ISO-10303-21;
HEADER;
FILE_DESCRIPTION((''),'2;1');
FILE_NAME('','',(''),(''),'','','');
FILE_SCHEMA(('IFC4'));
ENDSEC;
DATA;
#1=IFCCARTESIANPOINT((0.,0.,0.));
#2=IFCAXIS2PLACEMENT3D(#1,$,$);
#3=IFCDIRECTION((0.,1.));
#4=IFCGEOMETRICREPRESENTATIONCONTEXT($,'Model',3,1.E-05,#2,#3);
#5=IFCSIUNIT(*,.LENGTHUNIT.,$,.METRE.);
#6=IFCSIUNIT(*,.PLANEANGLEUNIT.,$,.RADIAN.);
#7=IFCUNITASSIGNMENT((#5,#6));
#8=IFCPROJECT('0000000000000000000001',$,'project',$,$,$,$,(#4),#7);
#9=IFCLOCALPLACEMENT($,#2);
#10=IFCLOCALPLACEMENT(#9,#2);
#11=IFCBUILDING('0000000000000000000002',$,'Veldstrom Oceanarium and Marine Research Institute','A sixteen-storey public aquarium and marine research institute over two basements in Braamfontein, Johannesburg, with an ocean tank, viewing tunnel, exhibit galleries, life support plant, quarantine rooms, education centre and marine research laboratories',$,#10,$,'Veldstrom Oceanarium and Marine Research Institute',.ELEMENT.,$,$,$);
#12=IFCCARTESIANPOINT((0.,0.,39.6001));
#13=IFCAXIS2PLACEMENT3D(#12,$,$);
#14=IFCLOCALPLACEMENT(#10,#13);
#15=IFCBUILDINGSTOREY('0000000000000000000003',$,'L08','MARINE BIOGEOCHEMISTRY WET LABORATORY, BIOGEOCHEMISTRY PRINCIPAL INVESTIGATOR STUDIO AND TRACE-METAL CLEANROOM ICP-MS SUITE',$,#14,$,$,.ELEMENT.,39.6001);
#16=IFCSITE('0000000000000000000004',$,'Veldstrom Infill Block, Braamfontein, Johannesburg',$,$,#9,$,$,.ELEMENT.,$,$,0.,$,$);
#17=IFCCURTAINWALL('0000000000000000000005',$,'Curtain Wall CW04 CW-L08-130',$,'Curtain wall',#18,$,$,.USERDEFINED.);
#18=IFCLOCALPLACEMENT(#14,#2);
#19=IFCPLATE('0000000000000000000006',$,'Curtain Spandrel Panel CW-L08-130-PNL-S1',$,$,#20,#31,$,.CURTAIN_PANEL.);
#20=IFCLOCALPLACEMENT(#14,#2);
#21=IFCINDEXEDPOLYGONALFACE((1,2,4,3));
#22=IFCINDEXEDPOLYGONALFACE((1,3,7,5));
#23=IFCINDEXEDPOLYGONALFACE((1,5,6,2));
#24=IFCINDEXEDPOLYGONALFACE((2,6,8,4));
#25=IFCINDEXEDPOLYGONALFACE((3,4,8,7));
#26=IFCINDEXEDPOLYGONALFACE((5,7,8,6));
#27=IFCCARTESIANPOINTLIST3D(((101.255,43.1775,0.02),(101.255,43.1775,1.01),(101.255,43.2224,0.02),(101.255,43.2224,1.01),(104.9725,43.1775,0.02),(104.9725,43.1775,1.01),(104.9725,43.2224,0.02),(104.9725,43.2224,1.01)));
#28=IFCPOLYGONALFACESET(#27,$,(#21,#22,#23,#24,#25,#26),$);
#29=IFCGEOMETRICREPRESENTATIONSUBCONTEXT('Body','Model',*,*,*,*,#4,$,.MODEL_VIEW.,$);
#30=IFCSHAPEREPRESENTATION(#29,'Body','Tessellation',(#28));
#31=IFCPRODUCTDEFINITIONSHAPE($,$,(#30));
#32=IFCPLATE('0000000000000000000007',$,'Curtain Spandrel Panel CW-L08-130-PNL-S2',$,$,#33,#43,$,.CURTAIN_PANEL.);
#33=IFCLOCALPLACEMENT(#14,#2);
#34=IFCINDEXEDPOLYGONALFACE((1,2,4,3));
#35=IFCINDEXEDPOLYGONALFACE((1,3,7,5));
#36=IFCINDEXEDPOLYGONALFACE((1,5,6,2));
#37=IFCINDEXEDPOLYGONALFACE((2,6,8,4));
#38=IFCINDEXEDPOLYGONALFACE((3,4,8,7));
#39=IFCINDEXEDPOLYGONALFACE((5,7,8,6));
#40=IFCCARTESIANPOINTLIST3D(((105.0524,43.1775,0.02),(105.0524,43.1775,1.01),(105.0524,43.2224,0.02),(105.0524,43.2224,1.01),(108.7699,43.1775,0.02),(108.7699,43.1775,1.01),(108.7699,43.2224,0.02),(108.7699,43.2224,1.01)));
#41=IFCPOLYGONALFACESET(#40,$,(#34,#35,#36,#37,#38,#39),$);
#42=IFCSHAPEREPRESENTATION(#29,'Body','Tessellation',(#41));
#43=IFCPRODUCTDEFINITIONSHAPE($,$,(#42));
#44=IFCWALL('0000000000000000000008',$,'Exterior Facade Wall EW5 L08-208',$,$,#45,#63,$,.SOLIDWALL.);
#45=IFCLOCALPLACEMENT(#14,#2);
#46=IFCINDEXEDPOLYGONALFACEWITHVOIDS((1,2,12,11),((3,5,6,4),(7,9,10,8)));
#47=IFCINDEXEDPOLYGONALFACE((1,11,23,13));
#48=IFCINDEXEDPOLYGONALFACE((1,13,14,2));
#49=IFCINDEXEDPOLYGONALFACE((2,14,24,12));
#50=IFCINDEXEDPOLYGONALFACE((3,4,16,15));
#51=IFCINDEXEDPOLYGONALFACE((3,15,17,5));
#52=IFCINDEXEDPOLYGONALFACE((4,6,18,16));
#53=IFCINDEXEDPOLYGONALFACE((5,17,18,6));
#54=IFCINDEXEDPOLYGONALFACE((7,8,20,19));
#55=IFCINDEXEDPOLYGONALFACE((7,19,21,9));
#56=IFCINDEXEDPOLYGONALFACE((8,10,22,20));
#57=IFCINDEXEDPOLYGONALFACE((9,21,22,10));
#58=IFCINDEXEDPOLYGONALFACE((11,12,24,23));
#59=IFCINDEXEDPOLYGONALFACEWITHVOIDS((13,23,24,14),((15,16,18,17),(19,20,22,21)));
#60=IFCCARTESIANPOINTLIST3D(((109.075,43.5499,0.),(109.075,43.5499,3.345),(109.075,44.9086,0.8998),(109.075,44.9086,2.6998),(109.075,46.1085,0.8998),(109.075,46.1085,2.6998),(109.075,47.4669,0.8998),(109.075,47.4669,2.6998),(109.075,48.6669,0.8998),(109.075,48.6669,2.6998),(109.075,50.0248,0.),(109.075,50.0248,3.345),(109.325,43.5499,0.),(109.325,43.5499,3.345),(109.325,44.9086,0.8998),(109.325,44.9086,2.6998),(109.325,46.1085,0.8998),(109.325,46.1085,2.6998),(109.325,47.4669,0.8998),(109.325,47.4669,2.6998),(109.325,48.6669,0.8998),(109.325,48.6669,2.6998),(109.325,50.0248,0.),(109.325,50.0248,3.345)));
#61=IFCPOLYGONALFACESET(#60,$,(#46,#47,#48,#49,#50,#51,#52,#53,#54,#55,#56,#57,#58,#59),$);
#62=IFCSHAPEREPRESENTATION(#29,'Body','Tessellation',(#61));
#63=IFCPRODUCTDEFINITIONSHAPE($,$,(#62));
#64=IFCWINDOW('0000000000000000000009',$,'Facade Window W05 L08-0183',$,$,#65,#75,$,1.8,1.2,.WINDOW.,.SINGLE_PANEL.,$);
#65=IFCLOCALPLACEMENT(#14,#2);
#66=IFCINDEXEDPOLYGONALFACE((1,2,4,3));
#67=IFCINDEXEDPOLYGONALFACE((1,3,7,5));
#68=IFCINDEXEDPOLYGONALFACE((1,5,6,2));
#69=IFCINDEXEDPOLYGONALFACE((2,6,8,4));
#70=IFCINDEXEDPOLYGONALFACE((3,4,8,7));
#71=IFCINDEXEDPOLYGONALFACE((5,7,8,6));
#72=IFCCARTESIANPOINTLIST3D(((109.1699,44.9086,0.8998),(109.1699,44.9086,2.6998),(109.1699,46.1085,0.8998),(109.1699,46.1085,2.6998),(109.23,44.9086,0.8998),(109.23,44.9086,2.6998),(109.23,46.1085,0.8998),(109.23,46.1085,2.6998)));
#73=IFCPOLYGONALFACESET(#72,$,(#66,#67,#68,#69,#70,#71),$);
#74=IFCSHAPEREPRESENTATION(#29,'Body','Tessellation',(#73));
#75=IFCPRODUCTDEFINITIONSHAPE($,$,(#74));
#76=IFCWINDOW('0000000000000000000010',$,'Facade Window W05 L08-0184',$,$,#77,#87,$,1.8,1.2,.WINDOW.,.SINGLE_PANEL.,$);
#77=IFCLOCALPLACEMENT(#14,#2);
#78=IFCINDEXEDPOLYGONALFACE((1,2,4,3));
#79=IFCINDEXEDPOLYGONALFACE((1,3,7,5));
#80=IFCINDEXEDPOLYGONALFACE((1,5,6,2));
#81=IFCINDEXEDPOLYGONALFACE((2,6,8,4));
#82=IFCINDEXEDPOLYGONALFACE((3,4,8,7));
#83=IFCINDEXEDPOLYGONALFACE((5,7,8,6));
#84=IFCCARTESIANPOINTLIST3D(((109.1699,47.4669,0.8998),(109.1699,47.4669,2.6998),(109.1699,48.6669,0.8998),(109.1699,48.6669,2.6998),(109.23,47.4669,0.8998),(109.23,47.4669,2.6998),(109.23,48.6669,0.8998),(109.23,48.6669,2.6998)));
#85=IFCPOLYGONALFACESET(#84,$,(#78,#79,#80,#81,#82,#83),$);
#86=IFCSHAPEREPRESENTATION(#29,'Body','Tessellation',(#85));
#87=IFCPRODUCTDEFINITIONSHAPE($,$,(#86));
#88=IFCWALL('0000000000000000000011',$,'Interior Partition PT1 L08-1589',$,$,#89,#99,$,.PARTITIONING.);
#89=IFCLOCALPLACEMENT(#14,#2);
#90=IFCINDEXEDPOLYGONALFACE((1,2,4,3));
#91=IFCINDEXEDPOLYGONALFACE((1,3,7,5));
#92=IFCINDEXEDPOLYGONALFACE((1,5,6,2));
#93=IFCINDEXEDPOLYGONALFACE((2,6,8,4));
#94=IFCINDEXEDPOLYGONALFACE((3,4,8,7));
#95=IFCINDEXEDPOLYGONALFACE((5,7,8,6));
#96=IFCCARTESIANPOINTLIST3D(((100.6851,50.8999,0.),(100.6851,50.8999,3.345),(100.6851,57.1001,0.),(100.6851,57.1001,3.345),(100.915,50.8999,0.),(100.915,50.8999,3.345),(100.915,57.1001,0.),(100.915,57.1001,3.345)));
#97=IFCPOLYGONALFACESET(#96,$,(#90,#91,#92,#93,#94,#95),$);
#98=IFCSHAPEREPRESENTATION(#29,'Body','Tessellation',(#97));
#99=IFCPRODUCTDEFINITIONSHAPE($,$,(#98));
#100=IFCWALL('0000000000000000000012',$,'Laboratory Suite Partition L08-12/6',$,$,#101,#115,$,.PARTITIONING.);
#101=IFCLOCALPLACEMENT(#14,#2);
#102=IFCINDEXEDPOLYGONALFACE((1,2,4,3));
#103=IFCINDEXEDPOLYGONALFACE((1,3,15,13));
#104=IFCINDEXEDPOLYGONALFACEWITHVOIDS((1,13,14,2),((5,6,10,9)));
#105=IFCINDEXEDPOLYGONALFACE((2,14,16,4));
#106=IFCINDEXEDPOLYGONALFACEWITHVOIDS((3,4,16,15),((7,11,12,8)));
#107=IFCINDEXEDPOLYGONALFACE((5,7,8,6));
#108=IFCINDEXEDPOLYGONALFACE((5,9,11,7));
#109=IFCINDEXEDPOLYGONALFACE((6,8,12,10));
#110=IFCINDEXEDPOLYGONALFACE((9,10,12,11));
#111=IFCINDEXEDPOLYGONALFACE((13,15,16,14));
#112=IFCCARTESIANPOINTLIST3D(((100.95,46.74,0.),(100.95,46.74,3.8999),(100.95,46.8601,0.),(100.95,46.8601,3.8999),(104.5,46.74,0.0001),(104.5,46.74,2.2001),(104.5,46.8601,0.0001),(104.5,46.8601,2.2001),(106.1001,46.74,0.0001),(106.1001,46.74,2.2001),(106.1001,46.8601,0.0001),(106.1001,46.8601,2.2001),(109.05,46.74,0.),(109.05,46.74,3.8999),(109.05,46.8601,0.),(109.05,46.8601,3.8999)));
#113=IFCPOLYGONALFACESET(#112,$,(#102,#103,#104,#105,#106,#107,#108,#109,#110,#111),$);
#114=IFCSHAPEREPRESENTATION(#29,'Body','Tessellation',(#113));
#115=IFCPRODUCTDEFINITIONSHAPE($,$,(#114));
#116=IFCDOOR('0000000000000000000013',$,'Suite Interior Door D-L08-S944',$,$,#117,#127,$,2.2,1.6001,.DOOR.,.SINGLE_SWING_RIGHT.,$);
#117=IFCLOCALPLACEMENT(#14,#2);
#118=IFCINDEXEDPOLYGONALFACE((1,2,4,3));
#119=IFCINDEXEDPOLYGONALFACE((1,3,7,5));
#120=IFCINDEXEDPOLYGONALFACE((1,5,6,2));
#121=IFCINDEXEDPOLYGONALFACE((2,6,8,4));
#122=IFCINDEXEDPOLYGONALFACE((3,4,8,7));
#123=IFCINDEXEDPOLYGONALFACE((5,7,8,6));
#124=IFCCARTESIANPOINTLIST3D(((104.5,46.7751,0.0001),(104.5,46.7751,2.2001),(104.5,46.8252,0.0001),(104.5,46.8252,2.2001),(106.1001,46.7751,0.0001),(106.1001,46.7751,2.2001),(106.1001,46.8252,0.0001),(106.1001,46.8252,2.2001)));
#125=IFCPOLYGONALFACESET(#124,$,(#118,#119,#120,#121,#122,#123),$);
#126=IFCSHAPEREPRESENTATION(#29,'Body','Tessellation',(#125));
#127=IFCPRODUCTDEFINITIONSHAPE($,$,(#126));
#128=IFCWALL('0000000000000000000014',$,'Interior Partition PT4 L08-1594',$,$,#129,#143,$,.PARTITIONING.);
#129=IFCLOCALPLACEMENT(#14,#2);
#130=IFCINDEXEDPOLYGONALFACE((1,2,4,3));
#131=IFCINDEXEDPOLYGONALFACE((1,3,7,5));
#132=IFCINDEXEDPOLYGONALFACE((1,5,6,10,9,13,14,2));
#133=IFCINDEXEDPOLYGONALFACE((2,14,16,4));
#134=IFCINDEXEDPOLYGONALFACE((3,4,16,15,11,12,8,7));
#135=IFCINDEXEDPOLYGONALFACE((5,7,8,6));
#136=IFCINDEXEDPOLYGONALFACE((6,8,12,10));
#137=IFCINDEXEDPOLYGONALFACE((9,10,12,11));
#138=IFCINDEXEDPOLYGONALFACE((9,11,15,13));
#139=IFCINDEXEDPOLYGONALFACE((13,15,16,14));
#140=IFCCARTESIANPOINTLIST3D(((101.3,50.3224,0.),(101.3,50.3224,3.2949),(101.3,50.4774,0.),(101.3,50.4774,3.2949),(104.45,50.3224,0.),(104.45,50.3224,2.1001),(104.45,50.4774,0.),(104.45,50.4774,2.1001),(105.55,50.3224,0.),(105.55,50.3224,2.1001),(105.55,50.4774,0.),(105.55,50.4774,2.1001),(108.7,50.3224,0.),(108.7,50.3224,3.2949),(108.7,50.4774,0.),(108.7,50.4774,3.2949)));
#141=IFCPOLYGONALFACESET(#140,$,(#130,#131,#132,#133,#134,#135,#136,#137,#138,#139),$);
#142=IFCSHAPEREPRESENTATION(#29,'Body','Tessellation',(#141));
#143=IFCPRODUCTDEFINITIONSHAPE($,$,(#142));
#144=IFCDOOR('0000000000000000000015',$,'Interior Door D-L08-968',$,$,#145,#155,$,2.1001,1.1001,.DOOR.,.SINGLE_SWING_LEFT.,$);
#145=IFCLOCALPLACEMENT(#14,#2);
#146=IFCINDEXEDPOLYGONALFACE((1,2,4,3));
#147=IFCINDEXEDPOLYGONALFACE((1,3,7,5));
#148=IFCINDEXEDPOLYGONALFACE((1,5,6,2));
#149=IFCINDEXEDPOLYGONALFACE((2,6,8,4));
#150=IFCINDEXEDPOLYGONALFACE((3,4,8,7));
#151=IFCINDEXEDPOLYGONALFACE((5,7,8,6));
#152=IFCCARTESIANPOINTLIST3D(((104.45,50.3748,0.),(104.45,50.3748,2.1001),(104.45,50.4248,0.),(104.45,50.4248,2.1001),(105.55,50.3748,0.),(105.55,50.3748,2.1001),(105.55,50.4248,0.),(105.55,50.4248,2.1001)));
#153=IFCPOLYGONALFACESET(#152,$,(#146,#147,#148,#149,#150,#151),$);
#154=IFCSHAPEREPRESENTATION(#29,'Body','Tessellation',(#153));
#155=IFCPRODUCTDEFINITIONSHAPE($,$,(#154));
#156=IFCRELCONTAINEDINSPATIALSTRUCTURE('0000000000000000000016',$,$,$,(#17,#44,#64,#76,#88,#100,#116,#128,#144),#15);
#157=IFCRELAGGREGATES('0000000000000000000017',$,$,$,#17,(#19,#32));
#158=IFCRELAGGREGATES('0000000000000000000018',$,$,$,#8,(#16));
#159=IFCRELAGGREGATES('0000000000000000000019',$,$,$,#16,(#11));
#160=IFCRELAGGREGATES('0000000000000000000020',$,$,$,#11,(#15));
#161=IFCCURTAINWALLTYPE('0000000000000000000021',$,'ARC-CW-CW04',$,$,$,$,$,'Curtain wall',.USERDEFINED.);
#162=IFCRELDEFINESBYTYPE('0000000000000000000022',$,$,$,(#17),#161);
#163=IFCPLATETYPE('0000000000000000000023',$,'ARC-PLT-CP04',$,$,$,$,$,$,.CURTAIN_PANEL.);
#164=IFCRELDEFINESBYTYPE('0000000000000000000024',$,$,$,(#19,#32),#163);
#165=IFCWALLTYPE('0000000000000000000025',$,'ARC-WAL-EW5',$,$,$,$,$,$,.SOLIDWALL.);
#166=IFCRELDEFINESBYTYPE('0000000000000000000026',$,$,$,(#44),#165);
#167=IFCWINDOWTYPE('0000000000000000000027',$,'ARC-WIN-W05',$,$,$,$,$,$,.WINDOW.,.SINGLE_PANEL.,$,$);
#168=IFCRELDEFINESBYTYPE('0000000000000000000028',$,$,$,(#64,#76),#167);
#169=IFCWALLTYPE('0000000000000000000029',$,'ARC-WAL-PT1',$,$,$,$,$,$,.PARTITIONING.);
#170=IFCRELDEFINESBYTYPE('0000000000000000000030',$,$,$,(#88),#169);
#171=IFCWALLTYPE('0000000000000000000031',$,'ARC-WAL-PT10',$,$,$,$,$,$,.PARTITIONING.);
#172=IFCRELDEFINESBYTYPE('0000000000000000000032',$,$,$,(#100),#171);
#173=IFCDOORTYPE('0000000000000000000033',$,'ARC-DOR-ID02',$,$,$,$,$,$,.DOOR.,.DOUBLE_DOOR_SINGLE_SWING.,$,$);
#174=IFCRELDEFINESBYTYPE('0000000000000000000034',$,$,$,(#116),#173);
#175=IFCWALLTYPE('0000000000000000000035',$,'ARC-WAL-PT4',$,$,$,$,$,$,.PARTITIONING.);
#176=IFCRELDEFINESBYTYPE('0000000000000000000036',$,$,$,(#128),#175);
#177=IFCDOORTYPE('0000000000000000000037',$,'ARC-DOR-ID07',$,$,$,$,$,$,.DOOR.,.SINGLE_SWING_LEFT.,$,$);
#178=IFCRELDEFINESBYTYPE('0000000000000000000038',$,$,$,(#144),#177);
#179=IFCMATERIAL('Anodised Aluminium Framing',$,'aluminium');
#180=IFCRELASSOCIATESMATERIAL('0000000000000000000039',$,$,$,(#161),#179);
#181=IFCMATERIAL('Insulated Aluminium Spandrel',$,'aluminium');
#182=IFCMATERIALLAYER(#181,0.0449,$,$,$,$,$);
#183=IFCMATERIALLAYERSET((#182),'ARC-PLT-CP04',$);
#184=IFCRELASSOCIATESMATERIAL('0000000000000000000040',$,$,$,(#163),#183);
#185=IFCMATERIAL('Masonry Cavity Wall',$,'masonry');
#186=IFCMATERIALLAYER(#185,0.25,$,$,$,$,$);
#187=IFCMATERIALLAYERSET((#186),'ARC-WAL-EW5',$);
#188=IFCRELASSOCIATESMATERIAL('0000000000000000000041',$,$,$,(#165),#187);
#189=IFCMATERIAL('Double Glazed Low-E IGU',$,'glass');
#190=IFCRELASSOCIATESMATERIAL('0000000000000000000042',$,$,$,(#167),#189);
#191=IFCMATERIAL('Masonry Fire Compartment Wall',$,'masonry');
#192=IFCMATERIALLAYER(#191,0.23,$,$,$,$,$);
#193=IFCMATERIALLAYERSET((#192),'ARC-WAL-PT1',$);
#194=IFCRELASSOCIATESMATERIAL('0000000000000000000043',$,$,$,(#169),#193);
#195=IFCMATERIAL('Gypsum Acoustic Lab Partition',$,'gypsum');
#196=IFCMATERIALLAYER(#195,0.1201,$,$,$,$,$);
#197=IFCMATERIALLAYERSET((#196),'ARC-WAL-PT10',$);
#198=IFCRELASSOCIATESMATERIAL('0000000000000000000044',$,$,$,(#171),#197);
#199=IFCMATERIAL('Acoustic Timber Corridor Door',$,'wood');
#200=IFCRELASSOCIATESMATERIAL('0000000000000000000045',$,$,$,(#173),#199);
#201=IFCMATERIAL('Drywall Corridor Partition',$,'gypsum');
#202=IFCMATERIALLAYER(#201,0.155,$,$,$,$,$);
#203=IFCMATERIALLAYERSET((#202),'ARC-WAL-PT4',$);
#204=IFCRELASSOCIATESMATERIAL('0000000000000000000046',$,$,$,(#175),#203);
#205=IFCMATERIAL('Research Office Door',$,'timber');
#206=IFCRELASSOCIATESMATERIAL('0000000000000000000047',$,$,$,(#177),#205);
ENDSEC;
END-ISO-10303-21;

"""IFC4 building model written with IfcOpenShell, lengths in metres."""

from ifc_helpers import new_model, si_unit, direction, frame, frame_2d, origin, origin_2d, place, context, subcontext, project, spatial, rectangle, extrude, material, layer, layer_set, type_object, element, fill, aggregate, save


model = new_model("IFC4")

# Units and contexts
model_context = context("Model", 3, precision=1e-05, world=origin(), true_north=direction((0.0, 1.0)))
body_context = subcontext(model_context, "Body", "Model", "MODEL_VIEW")
ifc_project = project(units=[si_unit("LENGTHUNIT", "METRE"), si_unit("PLANEANGLEUNIT", "RADIAN")], contexts=[model_context])

# Site, building, storey
site_placement = place(None, origin())
site = spatial("IfcSite", under=ifc_project, at=site_placement, Name="Veldstrom Infill Block, Braamfontein, Johannesburg", CompositionType="ELEMENT", RefElevation=0.0)
building_placement = place(site_placement, origin())
building = spatial("IfcBuilding", under=site, at=building_placement, Name="Veldstrom Oceanarium and Marine Research Institute", Description="A sixteen-storey public aquarium and marine research institute over two basements in Braamfontein, Johannesburg, with an ocean tank, viewing tunnel, exhibit galleries, life support plant, quarantine rooms, education centre and marine research laboratories", LongName="Veldstrom Oceanarium and Marine Research Institute", CompositionType="ELEMENT")
storey_placement = place(building_placement, frame((0.0, 0.0, 39.6001)))
storey = spatial("IfcBuildingStorey", under=building, at=storey_placement, Name="L08", Description="MARINE BIOGEOCHEMISTRY WET LABORATORY, BIOGEOCHEMISTRY PRINCIPAL INVESTIGATOR STUDIO AND TRACE-METAL CLEANROOM ICP-MS SUITE", CompositionType="ELEMENT", Elevation=39.6001)

# Curtain wall
ifc_material_1 = material(Name="Anodised Aluminium Framing", Category="aluminium")
curtain_wall_type = type_object("IfcCurtainWallType", Name="ARC-CW-CW04", ElementType="Curtain wall", PredefinedType="USERDEFINED", material=ifc_material_1)
curtain_wall_placement = place(storey_placement, origin())
curtain_wall = element("IfcCurtainWall", 1, at=curtain_wall_placement, inside=storey, type_object=curtain_wall_type, Name="Curtain Wall CW04 CW-L08-130", ObjectType="Curtain wall", PredefinedType="USERDEFINED")

# Plates
ifc_material_2 = material(Name="Insulated Aluminium Spandrel", Category="aluminium")
ifc_layer_1 = layer(ifc_material_2, 0.0449)
ifc_layer_set_1 = layer_set([ifc_layer_1], Name="ARC-PLT-CP04")
plate_type_1 = type_object("IfcPlateType", Name="ARC-PLT-CP04", PredefinedType="CURTAIN_PANEL", material=ifc_layer_set_1)
plate_1_placement = place(storey_placement, frame((103.1138, 43.2, 0.02), z_axis=(0.0, 0.0, 1.0), x_axis=(1.0, 0.0, 0.0)))
plate_1 = element("IfcPlate", 2, at=plate_1_placement, type_object=plate_type_1, Name="Curtain Spandrel Panel CW-L08-130-PNL-S1", PredefinedType="CURTAIN_PANEL", context=body_context, shape_type="SweptSolid", body=[
    extrude(rectangle(XDim=3.7175, YDim=0.0449, at=origin_2d()), origin(), (0.0, 0.0, 1.0), 0.99),
])
plate_2_placement = place(storey_placement, frame((106.9111, 43.2, 0.02), z_axis=(0.0, 0.0, 1.0), x_axis=(1.0, 0.0, 0.0)))
plate_2 = element("IfcPlate", 3, at=plate_2_placement, type_object=plate_type_1, Name="Curtain Spandrel Panel CW-L08-130-PNL-S2", PredefinedType="CURTAIN_PANEL", context=body_context, shape_type="SweptSolid", body=[
    extrude(rectangle(XDim=3.7175, YDim=0.0449, at=origin_2d()), origin(), (0.0, 0.0, 1.0), 0.99),
])
aggregate(curtain_wall, [plate_1, plate_2])

# Wall, openings, windows
ifc_material_3 = material(Name="Masonry Cavity Wall", Category="masonry")
ifc_layer_2 = layer(ifc_material_3, 0.25)
ifc_layer_set_2 = layer_set([ifc_layer_2], Name="ARC-WAL-EW5")
wall_type_1 = type_object("IfcWallType", Name="ARC-WAL-EW5", PredefinedType="SOLIDWALL", material=ifc_layer_set_2)
wall_1_placement = place(storey_placement, frame((109.2, 43.55, 0.0), z_axis=(0.0, 0.0, 1.0), x_axis=(0.0, 1.0, 0.0)))
wall_1 = element("IfcWall", 4, at=wall_1_placement, inside=storey, type_object=wall_type_1, Name="Exterior Facade Wall EW5 L08-208", PredefinedType="SOLIDWALL", context=body_context, shape_type="SweptSolid", body=[
    extrude(rectangle(XDim=6.4749, YDim=0.25, at=frame_2d((3.2373, 0.0))), origin(), (0.0, 0.0, 1.0), 3.345),
])
opening_1_placement = place(wall_1_placement, frame((1.3584, 0.0, 0.8999)))
opening_1 = element("IfcOpeningElement", 5, at=opening_1_placement, cuts=wall_1, PredefinedType="OPENING", context=body_context, shape_type="SweptSolid", body=[
    extrude(rectangle(XDim=1.2, YDim=1.8, at=frame_2d((0.6001, 0.8999))), frame((0.0, 0.135, 0.0), z_axis=(0.0, -1.0, 0.0), x_axis=(1.0, 0.0, 0.0)), (0.0, 0.0, 1.0), 0.27),
])
opening_2_placement = place(wall_1_placement, frame((3.9167, 0.0, 0.8999)))
opening_2 = element("IfcOpeningElement", 6, at=opening_2_placement, cuts=wall_1, PredefinedType="OPENING", context=body_context, shape_type="SweptSolid", body=[
    extrude(rectangle(XDim=1.2, YDim=1.8, at=frame_2d((0.6001, 0.8999))), frame((0.0, 0.135, 0.0), z_axis=(0.0, -1.0, 0.0), x_axis=(1.0, 0.0, 0.0)), (0.0, 0.0, 1.0), 0.27),
])
ifc_material_4 = material(Name="Double Glazed Low-E IGU", Category="glass")
window_type = type_object("IfcWindowType", Name="ARC-WIN-W05", PartitioningType="SINGLE_PANEL", PredefinedType="WINDOW", material=ifc_material_4)
window_1_placement = place(opening_1_placement, origin())
window_1 = element("IfcWindow", 7, at=window_1_placement, inside=storey, type_object=window_type, Name="Facade Window W05 L08-0183", OverallHeight=1.8, OverallWidth=1.2, PartitioningType="SINGLE_PANEL", PredefinedType="WINDOW", context=body_context, shape_type="SweptSolid", body=[
    extrude(rectangle(XDim=1.2, YDim=1.8, at=frame_2d((0.6001, 0.8999))), frame((0.0, 0.03, 0.0), z_axis=(0.0, -1.0, 0.0), x_axis=(1.0, 0.0, 0.0)), (0.0, 0.0, 1.0), 0.0601),
])
fill(opening_1, window_1)
window_2_placement = place(opening_2_placement, origin())
window_2 = element("IfcWindow", 8, at=window_2_placement, inside=storey, type_object=window_type, Name="Facade Window W05 L08-0184", OverallHeight=1.8, OverallWidth=1.2, PartitioningType="SINGLE_PANEL", PredefinedType="WINDOW", context=body_context, shape_type="SweptSolid", body=[
    extrude(rectangle(XDim=1.2, YDim=1.8, at=frame_2d((0.6001, 0.8999))), frame((0.0, 0.03, 0.0), z_axis=(0.0, -1.0, 0.0), x_axis=(1.0, 0.0, 0.0)), (0.0, 0.0, 1.0), 0.0601),
])
fill(opening_2, window_2)

# Wall
ifc_material_5 = material(Name="Masonry Fire Compartment Wall", Category="masonry")
ifc_layer_3 = layer(ifc_material_5, 0.23)
ifc_layer_set_3 = layer_set([ifc_layer_3], Name="ARC-WAL-PT1")
wall_type_2 = type_object("IfcWallType", Name="ARC-WAL-PT1", PredefinedType="PARTITIONING", material=ifc_layer_set_3)
wall_2_placement = place(storey_placement, frame((100.8, 50.8999, 0.0), z_axis=(0.0, 0.0, 1.0), x_axis=(0.0, 1.0, 0.0)))
element("IfcWall", 9, at=wall_2_placement, inside=storey, type_object=wall_type_2, Name="Interior Partition PT1 L08-1589", PredefinedType="PARTITIONING", context=body_context, shape_type="SweptSolid", body=[
    extrude(rectangle(XDim=6.2002, YDim=0.23, at=frame_2d((3.1001, 0.0))), origin(), (0.0, 0.0, 1.0), 3.345),
])

# Walls, openings, doors
ifc_material_6 = material(Name="Gypsum Acoustic Lab Partition", Category="gypsum")
ifc_layer_4 = layer(ifc_material_6, 0.1201)
ifc_layer_set_4 = layer_set([ifc_layer_4], Name="ARC-WAL-PT10")
wall_type_3 = type_object("IfcWallType", Name="ARC-WAL-PT10", PredefinedType="PARTITIONING", material=ifc_layer_set_4)
wall_3_placement = place(storey_placement, frame((100.95, 46.8, 0.0), z_axis=(0.0, 0.0, 1.0), x_axis=(1.0, 0.0, 0.0)))
wall_3 = element("IfcWall", 10, at=wall_3_placement, inside=storey, type_object=wall_type_3, Name="Laboratory Suite Partition L08-12/6", PredefinedType="PARTITIONING", context=body_context, shape_type="SweptSolid", body=[
    extrude(rectangle(XDim=8.1001, YDim=0.1201, at=frame_2d((4.05, 0.0))), origin(), (0.0, 0.0, 1.0), 3.8999),
])
opening_3_placement = place(wall_3_placement, frame((3.55, 0.0, 0.0)))
opening_3 = element("IfcOpeningElement", 11, at=opening_3_placement, cuts=wall_3, PredefinedType="OPENING", context=body_context, shape_type="SweptSolid", body=[
    extrude(rectangle(XDim=1.6001, YDim=2.2, at=frame_2d((0.8, 1.1001))), frame((0.0, 0.0701, 0.0), z_axis=(0.0, -1.0, 0.0), x_axis=(1.0, 0.0, 0.0)), (0.0, 0.0, 1.0), 0.1401),
])
ifc_material_7 = material(Name="Acoustic Timber Corridor Door", Category="wood")
door_type_1 = type_object("IfcDoorType", Name="ARC-DOR-ID02", OperationType="DOUBLE_DOOR_SINGLE_SWING", PredefinedType="DOOR", material=ifc_material_7)
door_1_placement = place(opening_3_placement, frame((1.6001, 0.0, 0.0), z_axis=(0.0, 0.0, 1.0), x_axis=(-1.0, 0.0, 0.0)))
door_1 = element("IfcDoor", 12, at=door_1_placement, inside=storey, type_object=door_type_1, Name="Suite Interior Door D-L08-S944", OperationType="SINGLE_SWING_RIGHT", OverallHeight=2.2, OverallWidth=1.6001, PredefinedType="DOOR", context=body_context, shape_type="SweptSolid", body=[
    extrude(rectangle(XDim=1.6001, YDim=2.2, at=frame_2d((0.8, 1.1001))), frame((0.0, 0.0249, 0.0), z_axis=(0.0, -1.0, 0.0), x_axis=(1.0, 0.0, 0.0)), (0.0, 0.0, 1.0), 0.05),
])
fill(opening_3, door_1)
ifc_material_8 = material(Name="Drywall Corridor Partition", Category="gypsum")
ifc_layer_5 = layer(ifc_material_8, 0.155)
ifc_layer_set_5 = layer_set([ifc_layer_5], Name="ARC-WAL-PT4")
wall_type_4 = type_object("IfcWallType", Name="ARC-WAL-PT4", PredefinedType="PARTITIONING", material=ifc_layer_set_5)
wall_4_placement = place(storey_placement, frame((101.3, 50.3999, 0.0), z_axis=(0.0, 0.0, 1.0), x_axis=(1.0, 0.0, 0.0)))
wall_4 = element("IfcWall", 13, at=wall_4_placement, inside=storey, type_object=wall_type_4, Name="Interior Partition PT4 L08-1594", PredefinedType="PARTITIONING", context=body_context, shape_type="SweptSolid", body=[
    extrude(rectangle(XDim=7.3999, YDim=0.155, at=frame_2d((3.7, 0.0))), origin(), (0.0, 0.0, 1.0), 3.2949),
])
opening_4_placement = place(wall_4_placement, frame((3.1499, 0.0, 0.0)))
opening_4 = element("IfcOpeningElement", 14, at=opening_4_placement, cuts=wall_4, PredefinedType="OPENING", context=body_context, shape_type="SweptSolid", body=[
    extrude(rectangle(XDim=1.1001, YDim=2.1001, at=frame_2d((0.55, 1.05))), frame((0.0, 0.0874, 0.0), z_axis=(0.0, -1.0, 0.0), x_axis=(1.0, 0.0, 0.0)), (0.0, 0.0, 1.0), 0.175),
])
ifc_material_9 = material(Name="Research Office Door", Category="timber")
door_type_2 = type_object("IfcDoorType", Name="ARC-DOR-ID07", OperationType="SINGLE_SWING_LEFT", PredefinedType="DOOR", material=ifc_material_9)
door_2_placement = place(opening_4_placement, origin())
door_2 = element("IfcDoor", 15, at=door_2_placement, inside=storey, type_object=door_type_2, Name="Interior Door D-L08-968", OperationType="SINGLE_SWING_LEFT", OverallHeight=2.1001, OverallWidth=1.1001, PredefinedType="DOOR", context=body_context, shape_type="SweptSolid", body=[
    extrude(rectangle(XDim=1.1001, YDim=2.1001, at=frame_2d((0.55, 1.05))), frame((0.0, 0.0249, 0.0), z_axis=(0.0, -1.0, 0.0), x_axis=(1.0, 0.0, 0.0)), (0.0, 0.0, 1.0), 0.05),
])
fill(opening_4, door_2)

save(model, "model.ifc")
